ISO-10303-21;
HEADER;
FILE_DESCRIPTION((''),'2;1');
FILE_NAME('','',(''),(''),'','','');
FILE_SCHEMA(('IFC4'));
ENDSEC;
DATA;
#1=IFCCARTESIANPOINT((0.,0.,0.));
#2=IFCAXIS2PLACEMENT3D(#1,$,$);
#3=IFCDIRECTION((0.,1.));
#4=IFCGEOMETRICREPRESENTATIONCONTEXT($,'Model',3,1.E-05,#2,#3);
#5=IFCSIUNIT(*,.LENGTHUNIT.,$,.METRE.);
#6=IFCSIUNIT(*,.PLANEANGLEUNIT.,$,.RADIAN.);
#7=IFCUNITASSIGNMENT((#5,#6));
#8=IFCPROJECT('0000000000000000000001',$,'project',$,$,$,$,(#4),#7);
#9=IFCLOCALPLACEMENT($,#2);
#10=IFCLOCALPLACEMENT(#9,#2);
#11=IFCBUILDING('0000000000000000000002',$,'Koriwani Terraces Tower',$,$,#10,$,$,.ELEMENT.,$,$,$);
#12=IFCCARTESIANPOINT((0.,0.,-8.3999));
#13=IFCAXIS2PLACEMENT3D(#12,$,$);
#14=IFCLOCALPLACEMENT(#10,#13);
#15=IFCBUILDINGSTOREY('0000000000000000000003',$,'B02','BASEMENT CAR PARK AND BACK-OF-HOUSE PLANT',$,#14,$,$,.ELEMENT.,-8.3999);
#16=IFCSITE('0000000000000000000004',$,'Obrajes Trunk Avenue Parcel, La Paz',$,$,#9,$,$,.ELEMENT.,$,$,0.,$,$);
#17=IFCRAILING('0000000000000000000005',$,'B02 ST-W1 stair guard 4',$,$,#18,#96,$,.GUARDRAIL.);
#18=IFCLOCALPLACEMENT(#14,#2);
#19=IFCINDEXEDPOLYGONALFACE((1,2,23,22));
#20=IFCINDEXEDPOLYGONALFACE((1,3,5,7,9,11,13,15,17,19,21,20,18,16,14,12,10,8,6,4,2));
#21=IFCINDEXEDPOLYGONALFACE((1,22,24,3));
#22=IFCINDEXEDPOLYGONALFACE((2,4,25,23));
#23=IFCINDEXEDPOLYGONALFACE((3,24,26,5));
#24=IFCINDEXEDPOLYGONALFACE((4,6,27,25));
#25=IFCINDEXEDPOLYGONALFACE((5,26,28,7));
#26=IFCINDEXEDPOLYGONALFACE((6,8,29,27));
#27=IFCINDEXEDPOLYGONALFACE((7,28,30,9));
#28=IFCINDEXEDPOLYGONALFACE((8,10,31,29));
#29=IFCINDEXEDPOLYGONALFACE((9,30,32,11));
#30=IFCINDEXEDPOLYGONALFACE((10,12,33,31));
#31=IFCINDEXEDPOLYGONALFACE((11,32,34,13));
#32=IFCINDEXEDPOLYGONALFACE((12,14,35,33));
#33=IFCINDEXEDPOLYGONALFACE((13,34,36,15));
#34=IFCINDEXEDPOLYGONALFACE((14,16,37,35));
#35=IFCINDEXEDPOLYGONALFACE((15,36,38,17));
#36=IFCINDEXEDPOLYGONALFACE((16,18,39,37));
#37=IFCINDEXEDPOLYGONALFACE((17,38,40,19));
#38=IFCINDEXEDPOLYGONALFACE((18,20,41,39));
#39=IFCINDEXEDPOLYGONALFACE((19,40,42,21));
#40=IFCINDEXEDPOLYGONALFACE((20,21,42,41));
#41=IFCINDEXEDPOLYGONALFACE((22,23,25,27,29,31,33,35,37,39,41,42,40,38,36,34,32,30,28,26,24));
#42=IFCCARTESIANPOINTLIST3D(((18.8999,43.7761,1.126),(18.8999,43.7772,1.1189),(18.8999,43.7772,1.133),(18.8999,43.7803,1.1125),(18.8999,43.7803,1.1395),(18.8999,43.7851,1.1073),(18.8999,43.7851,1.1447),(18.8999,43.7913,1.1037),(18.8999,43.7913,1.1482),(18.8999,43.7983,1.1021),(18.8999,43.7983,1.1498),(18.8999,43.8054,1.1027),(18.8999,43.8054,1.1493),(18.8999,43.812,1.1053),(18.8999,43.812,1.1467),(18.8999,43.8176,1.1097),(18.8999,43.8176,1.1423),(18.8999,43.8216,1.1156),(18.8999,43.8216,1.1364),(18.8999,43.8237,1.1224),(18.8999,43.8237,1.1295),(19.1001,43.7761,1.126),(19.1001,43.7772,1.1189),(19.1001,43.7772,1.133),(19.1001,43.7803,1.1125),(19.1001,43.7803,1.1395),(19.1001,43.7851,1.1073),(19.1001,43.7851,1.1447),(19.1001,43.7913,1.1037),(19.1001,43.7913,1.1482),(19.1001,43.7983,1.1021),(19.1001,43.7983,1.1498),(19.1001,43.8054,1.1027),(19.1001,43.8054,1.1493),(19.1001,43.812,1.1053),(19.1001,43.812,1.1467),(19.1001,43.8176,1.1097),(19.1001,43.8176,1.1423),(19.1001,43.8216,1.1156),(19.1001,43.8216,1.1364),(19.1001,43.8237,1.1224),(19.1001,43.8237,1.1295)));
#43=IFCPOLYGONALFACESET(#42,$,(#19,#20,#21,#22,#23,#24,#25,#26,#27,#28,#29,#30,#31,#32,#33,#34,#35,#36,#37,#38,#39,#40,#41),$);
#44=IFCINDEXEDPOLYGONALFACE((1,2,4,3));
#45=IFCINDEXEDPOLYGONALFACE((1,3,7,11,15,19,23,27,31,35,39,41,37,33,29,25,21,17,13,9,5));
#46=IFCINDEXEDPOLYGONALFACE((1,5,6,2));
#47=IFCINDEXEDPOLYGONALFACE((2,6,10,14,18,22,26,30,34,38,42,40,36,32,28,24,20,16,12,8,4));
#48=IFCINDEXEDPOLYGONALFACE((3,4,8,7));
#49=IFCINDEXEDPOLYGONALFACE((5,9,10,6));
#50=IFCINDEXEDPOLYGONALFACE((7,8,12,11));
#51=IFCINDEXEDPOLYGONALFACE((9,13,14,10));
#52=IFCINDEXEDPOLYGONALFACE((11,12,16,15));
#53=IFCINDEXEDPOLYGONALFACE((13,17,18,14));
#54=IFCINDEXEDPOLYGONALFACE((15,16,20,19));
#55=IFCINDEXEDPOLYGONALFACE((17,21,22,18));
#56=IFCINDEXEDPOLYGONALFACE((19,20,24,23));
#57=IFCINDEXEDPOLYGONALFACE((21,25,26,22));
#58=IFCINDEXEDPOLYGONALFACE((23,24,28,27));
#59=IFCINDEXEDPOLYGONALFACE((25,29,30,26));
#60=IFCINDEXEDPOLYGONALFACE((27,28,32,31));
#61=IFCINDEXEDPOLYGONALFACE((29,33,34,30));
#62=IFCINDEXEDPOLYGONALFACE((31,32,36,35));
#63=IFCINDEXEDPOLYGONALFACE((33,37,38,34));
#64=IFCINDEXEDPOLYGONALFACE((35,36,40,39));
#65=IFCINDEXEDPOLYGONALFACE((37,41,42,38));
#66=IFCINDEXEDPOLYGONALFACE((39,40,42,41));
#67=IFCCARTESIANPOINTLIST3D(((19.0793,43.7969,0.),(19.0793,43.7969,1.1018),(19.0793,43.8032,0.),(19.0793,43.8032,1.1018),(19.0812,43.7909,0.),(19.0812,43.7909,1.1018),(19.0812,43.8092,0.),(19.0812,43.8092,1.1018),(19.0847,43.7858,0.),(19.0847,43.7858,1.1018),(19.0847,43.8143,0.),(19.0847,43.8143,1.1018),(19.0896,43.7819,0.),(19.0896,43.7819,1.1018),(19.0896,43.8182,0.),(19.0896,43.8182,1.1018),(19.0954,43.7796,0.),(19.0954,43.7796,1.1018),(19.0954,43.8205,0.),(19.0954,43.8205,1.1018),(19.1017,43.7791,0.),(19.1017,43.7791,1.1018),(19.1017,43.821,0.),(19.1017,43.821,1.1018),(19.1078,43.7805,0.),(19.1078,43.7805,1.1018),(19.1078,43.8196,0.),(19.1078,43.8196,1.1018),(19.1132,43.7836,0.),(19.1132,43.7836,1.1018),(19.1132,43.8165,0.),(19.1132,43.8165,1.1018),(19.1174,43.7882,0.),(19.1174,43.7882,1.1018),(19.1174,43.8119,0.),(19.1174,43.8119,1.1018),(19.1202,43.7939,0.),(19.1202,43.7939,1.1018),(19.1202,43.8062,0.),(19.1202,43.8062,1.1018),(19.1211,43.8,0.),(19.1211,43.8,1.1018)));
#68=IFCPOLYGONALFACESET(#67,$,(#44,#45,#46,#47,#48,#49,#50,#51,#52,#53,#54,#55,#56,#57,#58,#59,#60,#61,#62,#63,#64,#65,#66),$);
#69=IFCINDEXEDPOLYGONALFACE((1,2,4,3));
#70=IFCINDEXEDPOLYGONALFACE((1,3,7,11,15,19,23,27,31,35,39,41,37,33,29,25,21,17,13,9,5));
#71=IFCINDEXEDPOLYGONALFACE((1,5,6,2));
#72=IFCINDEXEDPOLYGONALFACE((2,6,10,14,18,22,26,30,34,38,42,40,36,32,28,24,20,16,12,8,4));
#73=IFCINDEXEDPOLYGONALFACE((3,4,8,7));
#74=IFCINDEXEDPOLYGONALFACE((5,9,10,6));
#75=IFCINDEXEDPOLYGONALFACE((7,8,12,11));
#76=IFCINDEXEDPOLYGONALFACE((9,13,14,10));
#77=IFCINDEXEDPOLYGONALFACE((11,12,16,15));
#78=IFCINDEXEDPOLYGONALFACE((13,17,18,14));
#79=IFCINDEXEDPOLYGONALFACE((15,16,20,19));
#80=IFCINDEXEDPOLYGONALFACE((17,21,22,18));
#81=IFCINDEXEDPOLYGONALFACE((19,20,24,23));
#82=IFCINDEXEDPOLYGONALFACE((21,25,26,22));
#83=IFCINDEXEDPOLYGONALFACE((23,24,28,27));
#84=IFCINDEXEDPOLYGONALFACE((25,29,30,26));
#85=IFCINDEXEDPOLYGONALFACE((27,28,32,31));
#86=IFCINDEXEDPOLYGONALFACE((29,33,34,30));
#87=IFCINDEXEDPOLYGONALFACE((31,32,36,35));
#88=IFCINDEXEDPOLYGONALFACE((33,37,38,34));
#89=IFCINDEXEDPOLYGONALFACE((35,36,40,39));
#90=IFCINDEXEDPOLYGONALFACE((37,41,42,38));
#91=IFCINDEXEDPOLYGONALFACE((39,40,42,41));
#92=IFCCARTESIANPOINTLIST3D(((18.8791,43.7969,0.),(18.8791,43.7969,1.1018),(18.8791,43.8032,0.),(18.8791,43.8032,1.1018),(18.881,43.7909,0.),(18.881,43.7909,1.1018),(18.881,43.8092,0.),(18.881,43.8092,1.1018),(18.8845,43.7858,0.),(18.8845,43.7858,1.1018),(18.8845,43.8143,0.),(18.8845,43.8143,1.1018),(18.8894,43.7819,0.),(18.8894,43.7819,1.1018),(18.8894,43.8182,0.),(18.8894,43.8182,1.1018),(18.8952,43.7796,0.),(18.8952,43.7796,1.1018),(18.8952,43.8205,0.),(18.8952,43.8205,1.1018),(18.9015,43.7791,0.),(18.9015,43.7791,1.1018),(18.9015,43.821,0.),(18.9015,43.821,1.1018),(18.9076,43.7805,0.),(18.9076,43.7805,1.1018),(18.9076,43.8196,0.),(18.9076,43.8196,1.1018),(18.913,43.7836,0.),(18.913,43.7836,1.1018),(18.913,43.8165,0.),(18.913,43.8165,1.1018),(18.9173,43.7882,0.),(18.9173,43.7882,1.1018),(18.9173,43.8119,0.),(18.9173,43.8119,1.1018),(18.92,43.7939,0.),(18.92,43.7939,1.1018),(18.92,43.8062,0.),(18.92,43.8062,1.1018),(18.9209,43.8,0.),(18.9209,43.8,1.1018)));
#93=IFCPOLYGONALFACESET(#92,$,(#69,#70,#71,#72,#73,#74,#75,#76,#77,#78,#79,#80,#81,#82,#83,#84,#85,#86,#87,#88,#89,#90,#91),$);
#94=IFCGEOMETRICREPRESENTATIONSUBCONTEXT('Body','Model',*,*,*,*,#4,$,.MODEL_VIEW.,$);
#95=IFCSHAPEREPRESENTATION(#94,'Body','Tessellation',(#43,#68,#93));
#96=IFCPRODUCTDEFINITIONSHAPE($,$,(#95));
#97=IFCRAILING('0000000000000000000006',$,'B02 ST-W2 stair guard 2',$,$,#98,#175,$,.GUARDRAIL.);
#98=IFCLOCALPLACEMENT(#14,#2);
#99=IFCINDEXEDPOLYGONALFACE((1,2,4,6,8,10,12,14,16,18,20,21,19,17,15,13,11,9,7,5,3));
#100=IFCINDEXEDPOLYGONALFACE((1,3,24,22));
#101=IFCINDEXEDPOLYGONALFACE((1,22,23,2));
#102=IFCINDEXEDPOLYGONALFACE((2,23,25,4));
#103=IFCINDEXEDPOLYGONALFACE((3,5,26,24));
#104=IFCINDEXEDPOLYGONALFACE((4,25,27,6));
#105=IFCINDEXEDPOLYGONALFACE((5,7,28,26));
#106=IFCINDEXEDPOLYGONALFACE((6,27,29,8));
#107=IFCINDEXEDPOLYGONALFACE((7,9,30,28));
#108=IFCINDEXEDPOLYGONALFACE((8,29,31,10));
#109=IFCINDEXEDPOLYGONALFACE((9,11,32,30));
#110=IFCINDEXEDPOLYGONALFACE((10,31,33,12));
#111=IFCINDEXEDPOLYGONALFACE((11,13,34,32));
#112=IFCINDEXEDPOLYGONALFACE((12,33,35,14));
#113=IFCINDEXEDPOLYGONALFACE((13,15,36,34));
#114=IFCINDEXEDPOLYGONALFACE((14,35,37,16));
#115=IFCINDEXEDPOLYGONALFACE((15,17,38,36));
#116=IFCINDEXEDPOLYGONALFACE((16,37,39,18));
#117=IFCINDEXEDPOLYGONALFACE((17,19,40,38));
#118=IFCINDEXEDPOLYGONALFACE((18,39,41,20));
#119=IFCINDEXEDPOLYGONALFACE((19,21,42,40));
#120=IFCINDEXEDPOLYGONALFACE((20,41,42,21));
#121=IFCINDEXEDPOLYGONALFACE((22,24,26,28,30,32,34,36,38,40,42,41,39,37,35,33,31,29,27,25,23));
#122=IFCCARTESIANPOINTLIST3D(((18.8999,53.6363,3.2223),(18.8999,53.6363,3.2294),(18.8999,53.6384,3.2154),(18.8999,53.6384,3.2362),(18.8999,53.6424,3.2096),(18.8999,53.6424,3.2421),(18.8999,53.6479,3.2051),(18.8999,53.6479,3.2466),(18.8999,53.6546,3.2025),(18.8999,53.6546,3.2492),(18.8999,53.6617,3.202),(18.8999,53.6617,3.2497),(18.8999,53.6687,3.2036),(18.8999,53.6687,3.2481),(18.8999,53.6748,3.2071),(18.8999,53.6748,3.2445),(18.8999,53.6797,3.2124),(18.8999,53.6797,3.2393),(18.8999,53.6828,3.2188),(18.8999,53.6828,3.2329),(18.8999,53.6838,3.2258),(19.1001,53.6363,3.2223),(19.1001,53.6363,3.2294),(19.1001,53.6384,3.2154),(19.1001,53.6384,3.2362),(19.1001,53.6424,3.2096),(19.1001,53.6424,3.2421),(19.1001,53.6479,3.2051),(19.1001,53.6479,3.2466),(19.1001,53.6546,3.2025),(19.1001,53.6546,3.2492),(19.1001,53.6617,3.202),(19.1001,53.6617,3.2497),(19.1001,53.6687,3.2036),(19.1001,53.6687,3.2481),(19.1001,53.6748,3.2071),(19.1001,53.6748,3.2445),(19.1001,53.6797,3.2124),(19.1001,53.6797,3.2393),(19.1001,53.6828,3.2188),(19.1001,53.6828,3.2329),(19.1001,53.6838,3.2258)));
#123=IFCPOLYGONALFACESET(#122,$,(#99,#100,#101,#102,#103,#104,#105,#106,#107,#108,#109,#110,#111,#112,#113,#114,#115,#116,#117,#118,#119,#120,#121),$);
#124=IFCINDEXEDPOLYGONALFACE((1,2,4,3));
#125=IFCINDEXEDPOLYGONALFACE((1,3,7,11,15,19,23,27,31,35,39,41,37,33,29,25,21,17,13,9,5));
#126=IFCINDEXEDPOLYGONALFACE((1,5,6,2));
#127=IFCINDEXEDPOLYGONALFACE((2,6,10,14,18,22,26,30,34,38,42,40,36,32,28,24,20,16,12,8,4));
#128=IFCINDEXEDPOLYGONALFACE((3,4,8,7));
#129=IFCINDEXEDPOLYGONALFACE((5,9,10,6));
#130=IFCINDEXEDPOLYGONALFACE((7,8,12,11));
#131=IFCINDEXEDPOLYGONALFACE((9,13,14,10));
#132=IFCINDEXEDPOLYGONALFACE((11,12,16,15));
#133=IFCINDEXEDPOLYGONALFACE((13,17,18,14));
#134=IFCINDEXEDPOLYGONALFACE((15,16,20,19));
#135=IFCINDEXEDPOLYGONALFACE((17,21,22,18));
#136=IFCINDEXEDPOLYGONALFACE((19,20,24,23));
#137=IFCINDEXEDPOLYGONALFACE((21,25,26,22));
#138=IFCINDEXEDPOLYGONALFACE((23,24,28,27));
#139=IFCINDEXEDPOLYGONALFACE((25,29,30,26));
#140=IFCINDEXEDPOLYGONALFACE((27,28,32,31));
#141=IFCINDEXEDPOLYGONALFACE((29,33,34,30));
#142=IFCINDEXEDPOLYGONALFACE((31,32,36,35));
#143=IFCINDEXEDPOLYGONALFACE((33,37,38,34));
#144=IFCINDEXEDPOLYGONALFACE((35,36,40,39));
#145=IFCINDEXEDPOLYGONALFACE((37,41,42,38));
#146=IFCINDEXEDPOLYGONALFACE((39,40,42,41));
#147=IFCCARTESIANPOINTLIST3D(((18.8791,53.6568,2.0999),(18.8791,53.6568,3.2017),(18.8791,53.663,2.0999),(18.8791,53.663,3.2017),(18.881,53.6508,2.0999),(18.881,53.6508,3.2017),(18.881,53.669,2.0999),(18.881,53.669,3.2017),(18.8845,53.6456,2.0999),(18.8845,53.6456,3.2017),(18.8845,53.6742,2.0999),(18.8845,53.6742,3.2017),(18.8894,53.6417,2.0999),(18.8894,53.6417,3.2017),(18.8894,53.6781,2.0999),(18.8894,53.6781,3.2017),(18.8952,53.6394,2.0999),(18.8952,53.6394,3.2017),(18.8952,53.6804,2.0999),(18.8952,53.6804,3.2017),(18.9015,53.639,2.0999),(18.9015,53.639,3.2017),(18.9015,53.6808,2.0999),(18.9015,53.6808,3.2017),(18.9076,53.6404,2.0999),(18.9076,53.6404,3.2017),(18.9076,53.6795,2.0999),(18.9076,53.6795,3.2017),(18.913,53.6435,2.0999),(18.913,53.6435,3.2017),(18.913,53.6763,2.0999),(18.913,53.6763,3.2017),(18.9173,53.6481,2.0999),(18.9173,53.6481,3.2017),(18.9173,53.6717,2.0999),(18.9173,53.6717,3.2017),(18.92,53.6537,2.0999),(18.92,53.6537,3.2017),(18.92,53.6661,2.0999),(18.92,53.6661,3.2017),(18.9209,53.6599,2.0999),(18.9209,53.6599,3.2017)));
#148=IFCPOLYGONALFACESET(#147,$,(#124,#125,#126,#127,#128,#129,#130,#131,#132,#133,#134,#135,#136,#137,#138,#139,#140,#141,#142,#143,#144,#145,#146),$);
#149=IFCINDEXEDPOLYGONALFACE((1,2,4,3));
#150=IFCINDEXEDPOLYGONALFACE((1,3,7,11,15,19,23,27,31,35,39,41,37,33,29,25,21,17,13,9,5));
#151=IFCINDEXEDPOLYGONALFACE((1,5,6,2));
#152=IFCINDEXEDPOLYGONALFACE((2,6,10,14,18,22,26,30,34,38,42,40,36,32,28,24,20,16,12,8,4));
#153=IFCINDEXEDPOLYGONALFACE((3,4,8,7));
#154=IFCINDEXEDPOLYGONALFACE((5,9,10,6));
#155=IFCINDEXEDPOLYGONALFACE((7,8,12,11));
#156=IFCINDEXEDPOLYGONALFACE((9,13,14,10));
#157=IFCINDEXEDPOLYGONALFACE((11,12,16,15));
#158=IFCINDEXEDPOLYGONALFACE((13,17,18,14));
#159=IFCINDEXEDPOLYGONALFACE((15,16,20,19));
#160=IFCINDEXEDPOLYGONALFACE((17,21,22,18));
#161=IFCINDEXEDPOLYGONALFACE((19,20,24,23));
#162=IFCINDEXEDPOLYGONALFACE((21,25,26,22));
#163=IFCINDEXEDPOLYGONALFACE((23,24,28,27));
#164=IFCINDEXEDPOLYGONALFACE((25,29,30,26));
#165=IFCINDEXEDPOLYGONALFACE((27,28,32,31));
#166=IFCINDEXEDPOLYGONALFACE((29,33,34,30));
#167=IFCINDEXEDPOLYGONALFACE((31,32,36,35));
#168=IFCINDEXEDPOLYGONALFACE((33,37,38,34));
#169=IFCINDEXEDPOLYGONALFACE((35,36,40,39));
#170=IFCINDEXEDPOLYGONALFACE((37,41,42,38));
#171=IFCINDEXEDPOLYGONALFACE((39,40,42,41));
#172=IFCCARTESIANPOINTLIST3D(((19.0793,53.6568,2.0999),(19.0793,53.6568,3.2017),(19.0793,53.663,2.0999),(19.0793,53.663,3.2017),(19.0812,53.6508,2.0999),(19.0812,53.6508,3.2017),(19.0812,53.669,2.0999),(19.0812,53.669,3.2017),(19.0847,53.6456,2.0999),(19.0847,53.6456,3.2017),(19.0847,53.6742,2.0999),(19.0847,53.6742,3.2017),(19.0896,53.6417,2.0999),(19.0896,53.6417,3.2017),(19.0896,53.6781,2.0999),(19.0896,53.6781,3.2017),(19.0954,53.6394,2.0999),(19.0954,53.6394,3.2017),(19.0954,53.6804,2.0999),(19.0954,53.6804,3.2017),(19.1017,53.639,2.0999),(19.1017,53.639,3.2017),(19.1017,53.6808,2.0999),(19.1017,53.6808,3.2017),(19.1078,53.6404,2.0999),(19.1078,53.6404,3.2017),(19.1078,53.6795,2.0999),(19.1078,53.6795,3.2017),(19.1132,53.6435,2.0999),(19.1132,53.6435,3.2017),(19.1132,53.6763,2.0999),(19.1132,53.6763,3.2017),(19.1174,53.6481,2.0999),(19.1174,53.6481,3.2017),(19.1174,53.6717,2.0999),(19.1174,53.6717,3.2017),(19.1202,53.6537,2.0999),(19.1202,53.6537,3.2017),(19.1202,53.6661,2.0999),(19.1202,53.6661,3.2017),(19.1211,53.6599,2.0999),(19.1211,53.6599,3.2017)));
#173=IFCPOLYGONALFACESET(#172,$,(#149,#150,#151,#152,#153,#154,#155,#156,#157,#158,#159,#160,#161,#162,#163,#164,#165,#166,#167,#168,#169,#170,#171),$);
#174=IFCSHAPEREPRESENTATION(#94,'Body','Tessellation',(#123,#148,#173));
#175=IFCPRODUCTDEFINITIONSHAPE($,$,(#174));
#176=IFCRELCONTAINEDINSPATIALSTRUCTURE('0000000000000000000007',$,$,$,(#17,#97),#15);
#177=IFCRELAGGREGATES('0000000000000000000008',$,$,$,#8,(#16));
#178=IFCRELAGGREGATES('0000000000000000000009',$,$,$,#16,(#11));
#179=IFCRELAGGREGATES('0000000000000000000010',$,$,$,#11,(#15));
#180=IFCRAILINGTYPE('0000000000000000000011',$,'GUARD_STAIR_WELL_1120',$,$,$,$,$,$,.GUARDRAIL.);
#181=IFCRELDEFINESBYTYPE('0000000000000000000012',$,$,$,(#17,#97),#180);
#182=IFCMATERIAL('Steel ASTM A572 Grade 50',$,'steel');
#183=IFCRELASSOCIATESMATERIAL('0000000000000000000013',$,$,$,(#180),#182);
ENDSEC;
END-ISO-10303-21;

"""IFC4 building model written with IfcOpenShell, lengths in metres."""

from ifc_helpers import new_model, si_unit, direction, frame, origin, origin_2d, place, context, subcontext, project, spatial, circle, extrude, material, type_object, element, save


model = new_model("IFC4")

# Units and contexts
model_context = context("Model", 3, precision=1e-05, world=origin(), true_north=direction((0.0, 1.0)))
body_context = subcontext(model_context, "Body", "Model", "MODEL_VIEW")
ifc_project = project(units=[si_unit("LENGTHUNIT", "METRE"), si_unit("PLANEANGLEUNIT", "RADIAN")], contexts=[model_context])

# Site, building, storey
site_placement = place(None, origin())
site = spatial("IfcSite", under=ifc_project, at=site_placement, Name="Obrajes Trunk Avenue Parcel, La Paz", CompositionType="ELEMENT", RefElevation=0.0)
building_placement = place(site_placement, origin())
building = spatial("IfcBuilding", under=site, at=building_placement, Name="Koriwani Terraces Tower", CompositionType="ELEMENT")
storey_placement = place(building_placement, frame((0.0, 0.0, -8.3999)))
storey = spatial("IfcBuildingStorey", under=building, at=storey_placement, Name="B02", Description="BASEMENT CAR PARK AND BACK-OF-HOUSE PLANT", CompositionType="ELEMENT", Elevation=-8.3999)

# Shared definitions
ifc_material_1 = material(Name="Steel ASTM A572 Grade 50", Category="steel")

# Railings
railing_type_1 = type_object("IfcRailingType", Name="GUARD_STAIR_WELL_1120", PredefinedType="GUARDRAIL", material=ifc_material_1)
railing_1_placement = place(storey_placement, frame((19.1001, 43.8, 0.0)))
element("IfcRailing", 1, at=railing_1_placement, inside=storey, type_object=railing_type_1, Name="B02 ST-W1 stair guard 4", PredefinedType="GUARDRAIL", context=body_context, shape_type="SweptSolid", body=[
    extrude(circle(Radius=0.0239, at=origin_2d()), frame((0.0, 0.0, 1.126), z_axis=(-1.0, 0.0, 0.0), x_axis=(0.0, -1.0, 0.0)), (0.0, 0.0, 1.0), 0.2002),
    extrude(circle(Radius=0.021, at=origin_2d()), origin(), (0.0, 0.0, 1.0), 1.1018),
    extrude(circle(Radius=0.021, at=origin_2d()), frame((-0.2002, 0.0, 0.0)), (0.0, 0.0, 1.0), 1.1018),
])
railing_2_placement = place(storey_placement, frame((18.8999, 53.6599, 2.0999)))
element("IfcRailing", 2, at=railing_2_placement, inside=storey, type_object=railing_type_1, Name="B02 ST-W2 stair guard 2", PredefinedType="GUARDRAIL", context=body_context, shape_type="SweptSolid", body=[
    extrude(circle(Radius=0.0239, at=origin_2d()), frame((0.0, 0.0, 1.126), z_axis=(1.0, 0.0, 0.0), x_axis=(0.0, 1.0, 0.0)), (0.0, 0.0, 1.0), 0.2002),
    extrude(circle(Radius=0.021, at=origin_2d()), origin(), (0.0, 0.0, 1.0), 1.1018),
    extrude(circle(Radius=0.021, at=origin_2d()), frame((0.2002, 0.0, 0.0)), (0.0, 0.0, 1.0), 1.1018),
])

save(model, "model.ifc")
